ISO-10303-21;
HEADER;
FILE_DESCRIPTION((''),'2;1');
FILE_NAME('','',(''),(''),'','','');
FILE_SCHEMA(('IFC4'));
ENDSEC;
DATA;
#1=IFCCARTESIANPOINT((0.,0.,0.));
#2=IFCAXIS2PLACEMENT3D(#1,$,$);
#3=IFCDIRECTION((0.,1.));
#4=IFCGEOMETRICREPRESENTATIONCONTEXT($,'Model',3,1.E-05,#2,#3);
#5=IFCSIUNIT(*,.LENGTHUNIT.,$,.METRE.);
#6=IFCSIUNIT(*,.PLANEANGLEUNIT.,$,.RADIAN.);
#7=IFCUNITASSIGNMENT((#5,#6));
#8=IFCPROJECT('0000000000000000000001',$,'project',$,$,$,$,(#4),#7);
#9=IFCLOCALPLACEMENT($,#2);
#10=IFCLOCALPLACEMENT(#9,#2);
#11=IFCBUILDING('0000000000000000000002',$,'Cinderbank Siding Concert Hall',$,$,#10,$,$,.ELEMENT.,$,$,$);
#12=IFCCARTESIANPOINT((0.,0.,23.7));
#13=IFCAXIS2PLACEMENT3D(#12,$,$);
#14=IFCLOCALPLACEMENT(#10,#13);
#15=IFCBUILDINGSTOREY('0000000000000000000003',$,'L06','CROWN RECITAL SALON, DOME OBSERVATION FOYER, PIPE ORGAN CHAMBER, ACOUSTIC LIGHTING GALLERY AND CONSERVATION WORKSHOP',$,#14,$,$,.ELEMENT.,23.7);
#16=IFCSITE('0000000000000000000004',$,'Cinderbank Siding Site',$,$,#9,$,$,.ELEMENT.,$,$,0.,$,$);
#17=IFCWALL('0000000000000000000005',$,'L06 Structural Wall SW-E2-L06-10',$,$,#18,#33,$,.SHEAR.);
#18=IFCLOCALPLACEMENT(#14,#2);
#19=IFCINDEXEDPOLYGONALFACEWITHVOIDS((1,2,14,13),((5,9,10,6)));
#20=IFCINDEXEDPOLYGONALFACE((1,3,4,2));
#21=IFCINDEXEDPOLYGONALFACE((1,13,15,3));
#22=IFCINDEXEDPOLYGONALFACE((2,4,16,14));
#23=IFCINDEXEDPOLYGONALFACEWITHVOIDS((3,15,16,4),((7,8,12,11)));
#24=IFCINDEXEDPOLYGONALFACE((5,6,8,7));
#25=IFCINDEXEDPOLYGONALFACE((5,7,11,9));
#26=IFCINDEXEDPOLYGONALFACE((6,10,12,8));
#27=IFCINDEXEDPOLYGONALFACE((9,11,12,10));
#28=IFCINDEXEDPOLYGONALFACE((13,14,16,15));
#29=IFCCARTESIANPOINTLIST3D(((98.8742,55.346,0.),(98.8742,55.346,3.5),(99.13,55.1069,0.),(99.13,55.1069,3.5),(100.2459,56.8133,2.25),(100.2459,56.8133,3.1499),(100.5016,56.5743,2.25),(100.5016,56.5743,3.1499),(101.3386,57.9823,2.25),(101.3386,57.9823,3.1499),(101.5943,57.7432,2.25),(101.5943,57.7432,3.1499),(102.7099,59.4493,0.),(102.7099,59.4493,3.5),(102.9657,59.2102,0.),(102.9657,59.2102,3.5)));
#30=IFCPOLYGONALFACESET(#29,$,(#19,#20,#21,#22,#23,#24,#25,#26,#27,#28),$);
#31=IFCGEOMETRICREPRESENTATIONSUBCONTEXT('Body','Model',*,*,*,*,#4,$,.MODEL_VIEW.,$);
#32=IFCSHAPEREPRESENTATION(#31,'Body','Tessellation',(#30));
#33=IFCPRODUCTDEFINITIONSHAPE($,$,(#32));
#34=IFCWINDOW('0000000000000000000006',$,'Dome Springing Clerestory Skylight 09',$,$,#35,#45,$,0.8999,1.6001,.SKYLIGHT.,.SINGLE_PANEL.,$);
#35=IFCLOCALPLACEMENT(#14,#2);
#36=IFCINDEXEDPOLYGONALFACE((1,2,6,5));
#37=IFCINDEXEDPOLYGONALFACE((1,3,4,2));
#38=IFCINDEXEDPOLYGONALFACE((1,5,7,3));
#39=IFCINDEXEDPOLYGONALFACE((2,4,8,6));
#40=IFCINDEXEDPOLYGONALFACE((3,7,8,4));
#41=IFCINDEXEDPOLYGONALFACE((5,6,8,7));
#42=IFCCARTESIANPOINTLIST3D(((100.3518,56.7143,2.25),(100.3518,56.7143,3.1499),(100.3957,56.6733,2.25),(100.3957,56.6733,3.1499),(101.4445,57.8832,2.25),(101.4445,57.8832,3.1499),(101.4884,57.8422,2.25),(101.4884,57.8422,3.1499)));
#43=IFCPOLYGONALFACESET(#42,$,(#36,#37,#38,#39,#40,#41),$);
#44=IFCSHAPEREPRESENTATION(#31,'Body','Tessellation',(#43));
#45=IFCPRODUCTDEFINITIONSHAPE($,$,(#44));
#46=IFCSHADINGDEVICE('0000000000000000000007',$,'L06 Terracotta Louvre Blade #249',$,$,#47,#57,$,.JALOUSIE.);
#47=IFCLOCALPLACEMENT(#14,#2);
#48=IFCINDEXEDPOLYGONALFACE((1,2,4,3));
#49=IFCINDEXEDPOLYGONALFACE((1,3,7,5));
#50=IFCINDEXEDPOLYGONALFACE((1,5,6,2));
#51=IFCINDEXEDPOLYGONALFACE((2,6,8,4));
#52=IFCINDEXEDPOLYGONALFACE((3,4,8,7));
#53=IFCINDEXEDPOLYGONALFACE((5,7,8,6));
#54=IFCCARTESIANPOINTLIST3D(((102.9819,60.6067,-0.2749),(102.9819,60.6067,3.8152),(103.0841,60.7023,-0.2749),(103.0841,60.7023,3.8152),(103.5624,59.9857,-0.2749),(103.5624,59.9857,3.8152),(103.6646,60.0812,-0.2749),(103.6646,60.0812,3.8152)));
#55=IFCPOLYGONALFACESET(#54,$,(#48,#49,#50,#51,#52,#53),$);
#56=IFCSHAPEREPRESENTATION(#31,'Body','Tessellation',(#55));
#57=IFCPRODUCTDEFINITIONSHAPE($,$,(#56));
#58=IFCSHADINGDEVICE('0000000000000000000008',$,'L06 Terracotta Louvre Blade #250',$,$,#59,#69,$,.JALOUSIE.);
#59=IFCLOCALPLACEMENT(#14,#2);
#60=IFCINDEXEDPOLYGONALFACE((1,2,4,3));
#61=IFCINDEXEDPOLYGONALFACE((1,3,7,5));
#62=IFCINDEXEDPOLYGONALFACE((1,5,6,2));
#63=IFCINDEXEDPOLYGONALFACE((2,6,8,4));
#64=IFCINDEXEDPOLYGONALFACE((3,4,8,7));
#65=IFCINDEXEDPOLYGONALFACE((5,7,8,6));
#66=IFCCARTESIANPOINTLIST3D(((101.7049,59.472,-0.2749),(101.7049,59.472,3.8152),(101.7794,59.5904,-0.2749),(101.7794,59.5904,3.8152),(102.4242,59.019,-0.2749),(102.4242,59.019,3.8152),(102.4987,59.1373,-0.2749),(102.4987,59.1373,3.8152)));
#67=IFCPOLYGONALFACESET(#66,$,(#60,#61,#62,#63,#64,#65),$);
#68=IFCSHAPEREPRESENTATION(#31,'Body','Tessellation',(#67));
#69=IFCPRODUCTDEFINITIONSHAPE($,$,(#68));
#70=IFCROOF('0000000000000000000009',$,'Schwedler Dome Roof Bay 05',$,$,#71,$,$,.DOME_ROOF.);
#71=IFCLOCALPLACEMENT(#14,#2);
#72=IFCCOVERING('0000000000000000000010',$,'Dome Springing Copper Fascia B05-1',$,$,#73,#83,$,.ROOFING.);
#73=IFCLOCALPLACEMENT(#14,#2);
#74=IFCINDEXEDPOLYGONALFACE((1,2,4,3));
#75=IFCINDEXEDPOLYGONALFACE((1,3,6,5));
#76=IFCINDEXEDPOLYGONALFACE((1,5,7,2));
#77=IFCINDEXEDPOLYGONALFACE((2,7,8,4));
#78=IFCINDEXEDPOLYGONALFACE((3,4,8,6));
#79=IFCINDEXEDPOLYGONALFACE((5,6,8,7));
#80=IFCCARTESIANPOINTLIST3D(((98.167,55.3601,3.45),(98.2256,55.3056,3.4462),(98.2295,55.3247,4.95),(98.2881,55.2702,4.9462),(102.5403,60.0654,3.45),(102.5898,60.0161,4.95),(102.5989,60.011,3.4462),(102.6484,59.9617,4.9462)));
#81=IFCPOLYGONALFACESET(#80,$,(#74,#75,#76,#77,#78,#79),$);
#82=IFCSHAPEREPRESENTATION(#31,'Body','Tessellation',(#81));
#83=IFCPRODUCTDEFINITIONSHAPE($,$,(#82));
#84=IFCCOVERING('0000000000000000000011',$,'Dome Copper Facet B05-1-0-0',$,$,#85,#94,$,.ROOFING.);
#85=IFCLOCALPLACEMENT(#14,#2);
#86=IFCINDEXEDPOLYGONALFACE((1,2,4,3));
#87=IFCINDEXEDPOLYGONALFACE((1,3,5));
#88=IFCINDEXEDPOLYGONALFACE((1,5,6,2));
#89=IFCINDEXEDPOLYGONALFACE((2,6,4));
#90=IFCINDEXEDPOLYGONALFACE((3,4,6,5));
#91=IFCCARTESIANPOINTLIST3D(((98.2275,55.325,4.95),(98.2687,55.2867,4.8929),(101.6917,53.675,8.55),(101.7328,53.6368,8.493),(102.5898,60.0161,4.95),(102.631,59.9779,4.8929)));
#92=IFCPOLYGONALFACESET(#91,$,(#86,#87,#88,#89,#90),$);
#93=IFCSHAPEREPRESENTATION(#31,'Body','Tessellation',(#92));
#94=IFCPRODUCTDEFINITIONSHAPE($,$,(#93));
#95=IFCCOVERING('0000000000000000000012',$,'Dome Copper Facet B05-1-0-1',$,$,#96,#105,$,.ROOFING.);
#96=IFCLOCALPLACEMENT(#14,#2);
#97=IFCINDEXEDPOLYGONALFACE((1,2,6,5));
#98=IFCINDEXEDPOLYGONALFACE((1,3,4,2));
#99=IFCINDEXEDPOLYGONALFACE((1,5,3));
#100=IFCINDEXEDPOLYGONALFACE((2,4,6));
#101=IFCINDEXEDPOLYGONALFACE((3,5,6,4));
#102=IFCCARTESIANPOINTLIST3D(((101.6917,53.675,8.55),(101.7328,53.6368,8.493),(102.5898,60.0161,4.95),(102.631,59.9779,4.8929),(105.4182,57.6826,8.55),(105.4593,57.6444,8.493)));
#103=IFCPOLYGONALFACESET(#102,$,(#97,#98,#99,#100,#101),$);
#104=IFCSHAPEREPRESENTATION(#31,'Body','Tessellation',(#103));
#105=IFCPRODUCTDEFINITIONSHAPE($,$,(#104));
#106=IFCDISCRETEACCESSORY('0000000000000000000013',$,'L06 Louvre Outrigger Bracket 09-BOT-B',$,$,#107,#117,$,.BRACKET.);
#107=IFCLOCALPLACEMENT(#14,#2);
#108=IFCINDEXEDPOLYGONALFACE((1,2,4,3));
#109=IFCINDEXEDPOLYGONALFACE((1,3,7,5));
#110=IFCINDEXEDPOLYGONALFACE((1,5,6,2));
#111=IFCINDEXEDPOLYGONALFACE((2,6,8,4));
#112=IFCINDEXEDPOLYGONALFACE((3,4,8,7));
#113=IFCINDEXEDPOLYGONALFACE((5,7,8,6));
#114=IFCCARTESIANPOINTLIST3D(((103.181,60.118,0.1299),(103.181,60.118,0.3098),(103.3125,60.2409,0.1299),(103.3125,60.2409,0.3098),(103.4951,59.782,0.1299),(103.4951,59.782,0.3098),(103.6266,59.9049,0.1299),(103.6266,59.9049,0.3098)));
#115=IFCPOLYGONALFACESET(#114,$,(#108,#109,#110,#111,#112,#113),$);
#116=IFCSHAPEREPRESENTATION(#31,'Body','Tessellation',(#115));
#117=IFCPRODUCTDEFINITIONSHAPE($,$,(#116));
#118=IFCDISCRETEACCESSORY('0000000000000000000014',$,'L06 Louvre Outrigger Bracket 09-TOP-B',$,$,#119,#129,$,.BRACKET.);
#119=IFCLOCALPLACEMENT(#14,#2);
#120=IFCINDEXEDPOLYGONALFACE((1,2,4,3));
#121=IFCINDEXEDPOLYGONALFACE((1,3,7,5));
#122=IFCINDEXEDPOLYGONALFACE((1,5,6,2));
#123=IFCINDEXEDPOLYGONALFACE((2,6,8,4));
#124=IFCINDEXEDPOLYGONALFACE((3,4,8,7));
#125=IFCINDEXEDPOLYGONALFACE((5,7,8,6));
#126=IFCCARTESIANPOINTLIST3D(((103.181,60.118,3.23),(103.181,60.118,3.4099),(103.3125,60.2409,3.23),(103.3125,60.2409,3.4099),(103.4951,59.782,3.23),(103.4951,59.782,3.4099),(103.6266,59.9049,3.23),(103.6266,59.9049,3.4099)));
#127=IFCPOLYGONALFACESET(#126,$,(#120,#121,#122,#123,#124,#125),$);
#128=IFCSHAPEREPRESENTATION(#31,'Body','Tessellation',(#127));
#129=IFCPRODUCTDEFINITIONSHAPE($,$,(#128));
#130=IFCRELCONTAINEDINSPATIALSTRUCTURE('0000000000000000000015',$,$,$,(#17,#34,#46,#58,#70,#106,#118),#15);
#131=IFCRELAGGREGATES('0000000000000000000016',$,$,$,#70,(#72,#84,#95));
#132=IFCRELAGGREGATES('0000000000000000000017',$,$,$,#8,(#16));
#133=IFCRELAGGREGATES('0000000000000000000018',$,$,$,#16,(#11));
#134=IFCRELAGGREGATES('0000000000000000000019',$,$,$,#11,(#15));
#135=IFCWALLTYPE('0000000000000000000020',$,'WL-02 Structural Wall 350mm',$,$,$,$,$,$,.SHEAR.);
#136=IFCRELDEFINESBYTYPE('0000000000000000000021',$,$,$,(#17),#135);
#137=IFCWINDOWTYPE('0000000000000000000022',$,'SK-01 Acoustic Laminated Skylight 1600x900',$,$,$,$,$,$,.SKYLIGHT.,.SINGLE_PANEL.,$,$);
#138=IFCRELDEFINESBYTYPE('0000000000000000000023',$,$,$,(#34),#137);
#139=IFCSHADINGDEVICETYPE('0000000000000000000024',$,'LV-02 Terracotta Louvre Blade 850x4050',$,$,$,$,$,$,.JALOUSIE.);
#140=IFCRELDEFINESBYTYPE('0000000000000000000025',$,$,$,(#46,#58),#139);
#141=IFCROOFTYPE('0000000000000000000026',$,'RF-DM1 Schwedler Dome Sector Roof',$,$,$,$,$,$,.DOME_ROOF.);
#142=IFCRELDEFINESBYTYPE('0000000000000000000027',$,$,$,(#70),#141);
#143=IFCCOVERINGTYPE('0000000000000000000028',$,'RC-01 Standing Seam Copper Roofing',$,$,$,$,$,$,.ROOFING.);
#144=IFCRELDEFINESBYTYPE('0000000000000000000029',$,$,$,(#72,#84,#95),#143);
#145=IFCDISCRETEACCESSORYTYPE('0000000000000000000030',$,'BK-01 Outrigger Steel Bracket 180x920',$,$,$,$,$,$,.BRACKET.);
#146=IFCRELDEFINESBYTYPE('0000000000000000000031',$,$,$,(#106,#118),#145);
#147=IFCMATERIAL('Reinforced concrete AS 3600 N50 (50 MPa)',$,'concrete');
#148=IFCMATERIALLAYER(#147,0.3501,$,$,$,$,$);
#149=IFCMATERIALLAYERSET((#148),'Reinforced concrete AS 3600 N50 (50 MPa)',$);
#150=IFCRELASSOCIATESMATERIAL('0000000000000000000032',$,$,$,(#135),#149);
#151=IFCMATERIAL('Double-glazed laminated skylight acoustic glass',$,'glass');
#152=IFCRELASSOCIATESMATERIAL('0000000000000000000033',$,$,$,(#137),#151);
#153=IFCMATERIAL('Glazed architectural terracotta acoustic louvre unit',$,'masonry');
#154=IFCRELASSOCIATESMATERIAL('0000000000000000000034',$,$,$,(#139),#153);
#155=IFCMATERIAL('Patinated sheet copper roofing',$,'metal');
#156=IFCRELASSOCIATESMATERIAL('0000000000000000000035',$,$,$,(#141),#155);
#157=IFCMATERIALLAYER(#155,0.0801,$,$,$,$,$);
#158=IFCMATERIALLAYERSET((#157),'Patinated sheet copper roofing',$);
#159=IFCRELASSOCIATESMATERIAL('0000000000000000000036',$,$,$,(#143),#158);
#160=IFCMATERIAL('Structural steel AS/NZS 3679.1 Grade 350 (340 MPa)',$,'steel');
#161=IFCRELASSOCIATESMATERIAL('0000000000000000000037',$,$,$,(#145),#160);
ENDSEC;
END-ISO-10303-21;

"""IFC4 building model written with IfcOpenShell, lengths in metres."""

from ifc_helpers import new_model, si_unit, direction, frame, frame_2d, origin, origin_2d, place, context, subcontext, project, spatial, polyline, rectangle, outline, extrude, material, layer, layer_set, type_object, element, fill, aggregate, save


model = new_model("IFC4")

# Units and contexts
model_context = context("Model", 3, precision=1e-05, world=origin(), true_north=direction((0.0, 1.0)))
body_context = subcontext(model_context, "Body", "Model", "MODEL_VIEW")
ifc_project = project(units=[si_unit("LENGTHUNIT", "METRE"), si_unit("PLANEANGLEUNIT", "RADIAN")], contexts=[model_context])

# Site, building, storey
site_placement = place(None, origin())
site = spatial("IfcSite", under=ifc_project, at=site_placement, Name="Cinderbank Siding Site", CompositionType="ELEMENT", RefElevation=0.0)
building_placement = place(site_placement, origin())
building = spatial("IfcBuilding", under=site, at=building_placement, Name="Cinderbank Siding Concert Hall", CompositionType="ELEMENT")
storey_placement = place(building_placement, frame((0.0, 0.0, 23.7)))
storey = spatial("IfcBuildingStorey", under=building, at=storey_placement, Name="L06", Description="CROWN RECITAL SALON, DOME OBSERVATION FOYER, PIPE ORGAN CHAMBER, ACOUSTIC LIGHTING GALLERY AND CONSERVATION WORKSHOP", CompositionType="ELEMENT", Elevation=23.7)

# Shared definitions
ifc_material_1 = material(Name="Reinforced concrete AS 3600 N50 (50 MPa)", Category="concrete")

# Wall, opening, window
ifc_layer_1 = layer(ifc_material_1, 0.3501)
ifc_layer_set_1 = layer_set([ifc_layer_1], Name="Reinforced concrete AS 3600 N50 (50 MPa)")
wall_type = type_object("IfcWallType", Name="WL-02 Structural Wall 350mm", PredefinedType="SHEAR", material=ifc_layer_set_1)
wall_placement = place(storey_placement, frame((102.8379, 59.3298, 0.0), z_axis=(0.0, 0.0, 1.0), x_axis=(-0.682886, -0.730525, 0.0)))
wall = element("IfcWall", 1, at=wall_placement, inside=storey, type_object=wall_type, Name="L06 Structural Wall SW-E2-L06-10", PredefinedType="SHEAR", context=body_context, shape_type="SweptSolid", body=[
    extrude(rectangle(XDim=5.6169, YDim=0.3501, at=frame_2d((2.8086, 0.0))), origin(), (0.0, 0.0, 1.0), 3.5),
])
opening_placement = place(wall_placement, frame((2.0083, 0.0, 2.25)))
opening = element("IfcOpeningElement", 2, at=opening_placement, cuts=wall, PredefinedType="OPENING", context=body_context, shape_type="SweptSolid", body=[
    extrude(rectangle(XDim=1.6001, YDim=0.8999, at=frame_2d((0.8, 0.45))), frame((0.0, 0.187, 0.0), z_axis=(0.0, -1.0, 0.0), x_axis=(1.0, 0.0, 0.0)), (0.0, 0.0, 1.0), 0.374),
])
ifc_material_2 = material(Name="Double-glazed laminated skylight acoustic glass", Category="glass")
window_type = type_object("IfcWindowType", Name="SK-01 Acoustic Laminated Skylight 1600x900", PartitioningType="SINGLE_PANEL", PredefinedType="SKYLIGHT", material=ifc_material_2)
window_placement = place(opening_placement, origin())
window = element("IfcWindow", 3, at=window_placement, inside=storey, type_object=window_type, Name="Dome Springing Clerestory Skylight 09", OverallHeight=0.8999, OverallWidth=1.6001, PartitioningType="SINGLE_PANEL", PredefinedType="SKYLIGHT", context=body_context, shape_type="SweptSolid", body=[
    extrude(rectangle(XDim=1.6001, YDim=0.8999, at=frame_2d((0.8, 0.45))), frame((0.0, 0.03, 0.0), z_axis=(0.0, -1.0, 0.0), x_axis=(1.0, 0.0, 0.0)), (0.0, 0.0, 1.0), 0.0601),
])
fill(opening, window)

# Shared definitions
ifc_material_3 = material(Name="Structural steel AS/NZS 3679.1 Grade 350 (340 MPa)", Category="steel")

# Shading devices
ifc_material_4 = material(Name="Glazed architectural terracotta acoustic louvre unit", Category="masonry")
shading_device_type = type_object("IfcShadingDeviceType", Name="LV-02 Terracotta Louvre Blade 850x4050", PredefinedType="JALOUSIE", material=ifc_material_4)
for number, where, z_axis, x_axis, name in (
    (4, (103.3232, 60.344, -0.2749), (0.0, 0.0, 1.0), (-0.682869, 0.730541, 0.0), "L06 Terracotta Louvre Blade #249"),
    (5, (102.1018, 59.3047, -0.2749), (0.0, 0.0, 1.0), (-0.846132, 0.532973, 0.0), "L06 Terracotta Louvre Blade #250"),
):
    element("IfcShadingDevice", number, at=place(storey_placement, frame(where, z_axis=z_axis, x_axis=x_axis)), inside=storey, type_object=shading_device_type, Name=name, PredefinedType="JALOUSIE", context=body_context, shape_type="SweptSolid", body=[
        extrude(rectangle(XDim=0.8501, YDim=0.1399, at=origin_2d()), origin(), (0.0, 0.0, 1.0), 4.0901),
    ])

# Roof, coverings
ifc_material_5 = material(Name="Patinated sheet copper roofing", Category="metal")
roof_type = type_object("IfcRoofType", Name="RF-DM1 Schwedler Dome Sector Roof", PredefinedType="DOME_ROOF", material=ifc_material_5)
roof_placement = place(storey_placement, origin())
roof = element("IfcRoof", 6, at=roof_placement, inside=storey, type_object=roof_type, Name="Schwedler Dome Roof Bay 05", PredefinedType="DOME_ROOF")
ifc_layer_2 = layer(ifc_material_5, 0.0801)
ifc_layer_set_2 = layer_set([ifc_layer_2], Name="Patinated sheet copper roofing")
covering_type = type_object("IfcCoveringType", Name="RC-01 Standing Seam Copper Roofing", PredefinedType="ROOFING", material=ifc_layer_set_2)
covering_1_placement = place(storey_placement, frame((102.5403, 60.0654, 3.45), z_axis=(-0.731685, 0.680053, 0.046535), x_axis=(-0.68079, -0.732478, 0.0)))
covering_1 = element("IfcCovering", 7, at=covering_1_placement, type_object=covering_type, Name="Dome Springing Copper Fascia B05-1", PredefinedType="ROOFING", context=body_context, shape_type="SweptSolid", body=[
    extrude(outline(polyline([(0.0, 0.0), (6.4238, 0.0), (6.4072, 1.5016), (0.0024, 1.5016), (0.0, 0.0)])), origin(), (0.0, 0.0, -1.0), 0.0801),
])
covering_2_placement = place(storey_placement, frame((102.5898, 60.0161, 4.95), z_axis=(-0.513506, 0.477509, 0.712949), x_axis=(-0.680973, -0.732309, 0.0)))
covering_2 = element("IfcCovering", 8, at=covering_2_placement, type_object=covering_type, Name="Dome Copper Facet B05-1-0-0", PredefinedType="ROOFING", context=body_context, shape_type="SweptSolid", body=[
    extrude(outline(polyline([(0.0, 0.0), (6.406, 0.0), (5.2553, 5.1341), (0.0, 0.0)])), origin(), (0.0, 0.0, -1.0), 0.0801),
])
covering_3_placement = place(storey_placement, frame((102.5898, 60.0161, 4.95), z_axis=(-0.513514, 0.477507, 0.712944), x_axis=(-0.122255, -0.863097, 0.490018)))
covering_3 = element("IfcCovering", 9, at=covering_3_placement, type_object=covering_type, Name="Dome Copper Facet B05-1-0-1", PredefinedType="ROOFING", context=body_context, shape_type="SweptSolid", body=[
    extrude(outline(polyline([(0.0, 0.0), (7.3469, 0.0), (3.4324, 3.8242), (0.0, 0.0)])), origin(), (0.0, 0.0, -1.0), 0.0801),
])
aggregate(roof, [covering_1, covering_2, covering_3])

# Discrete accessories
discrete_accessory_type = type_object("IfcDiscreteAccessoryType", Name="BK-01 Outrigger Steel Bracket 180x920", PredefinedType="BRACKET", material=ifc_material_3)
for number, where, z_axis, x_axis, name in (
    (10, (103.4038, 60.0115, 0.1299), (0.0, 0.0, 1.0), (-0.682869, 0.730541, 0.0), "L06 Louvre Outrigger Bracket 09-BOT-B"),
    (11, (103.4038, 60.0115, 3.23), (0.0, 0.0, 1.0), (-0.682869, 0.730541, 0.0), "L06 Louvre Outrigger Bracket 09-TOP-B"),
):
    element("IfcDiscreteAccessory", number, at=place(storey_placement, frame(where, z_axis=z_axis, x_axis=x_axis)), inside=storey, type_object=discrete_accessory_type, Name=name, PredefinedType="BRACKET", context=body_context, shape_type="SweptSolid", body=[
        extrude(rectangle(XDim=0.46, YDim=0.1799, at=origin_2d()), origin(), (0.0, 0.0, 1.0), 0.1799),
    ])

save(model, "model.ifc")
